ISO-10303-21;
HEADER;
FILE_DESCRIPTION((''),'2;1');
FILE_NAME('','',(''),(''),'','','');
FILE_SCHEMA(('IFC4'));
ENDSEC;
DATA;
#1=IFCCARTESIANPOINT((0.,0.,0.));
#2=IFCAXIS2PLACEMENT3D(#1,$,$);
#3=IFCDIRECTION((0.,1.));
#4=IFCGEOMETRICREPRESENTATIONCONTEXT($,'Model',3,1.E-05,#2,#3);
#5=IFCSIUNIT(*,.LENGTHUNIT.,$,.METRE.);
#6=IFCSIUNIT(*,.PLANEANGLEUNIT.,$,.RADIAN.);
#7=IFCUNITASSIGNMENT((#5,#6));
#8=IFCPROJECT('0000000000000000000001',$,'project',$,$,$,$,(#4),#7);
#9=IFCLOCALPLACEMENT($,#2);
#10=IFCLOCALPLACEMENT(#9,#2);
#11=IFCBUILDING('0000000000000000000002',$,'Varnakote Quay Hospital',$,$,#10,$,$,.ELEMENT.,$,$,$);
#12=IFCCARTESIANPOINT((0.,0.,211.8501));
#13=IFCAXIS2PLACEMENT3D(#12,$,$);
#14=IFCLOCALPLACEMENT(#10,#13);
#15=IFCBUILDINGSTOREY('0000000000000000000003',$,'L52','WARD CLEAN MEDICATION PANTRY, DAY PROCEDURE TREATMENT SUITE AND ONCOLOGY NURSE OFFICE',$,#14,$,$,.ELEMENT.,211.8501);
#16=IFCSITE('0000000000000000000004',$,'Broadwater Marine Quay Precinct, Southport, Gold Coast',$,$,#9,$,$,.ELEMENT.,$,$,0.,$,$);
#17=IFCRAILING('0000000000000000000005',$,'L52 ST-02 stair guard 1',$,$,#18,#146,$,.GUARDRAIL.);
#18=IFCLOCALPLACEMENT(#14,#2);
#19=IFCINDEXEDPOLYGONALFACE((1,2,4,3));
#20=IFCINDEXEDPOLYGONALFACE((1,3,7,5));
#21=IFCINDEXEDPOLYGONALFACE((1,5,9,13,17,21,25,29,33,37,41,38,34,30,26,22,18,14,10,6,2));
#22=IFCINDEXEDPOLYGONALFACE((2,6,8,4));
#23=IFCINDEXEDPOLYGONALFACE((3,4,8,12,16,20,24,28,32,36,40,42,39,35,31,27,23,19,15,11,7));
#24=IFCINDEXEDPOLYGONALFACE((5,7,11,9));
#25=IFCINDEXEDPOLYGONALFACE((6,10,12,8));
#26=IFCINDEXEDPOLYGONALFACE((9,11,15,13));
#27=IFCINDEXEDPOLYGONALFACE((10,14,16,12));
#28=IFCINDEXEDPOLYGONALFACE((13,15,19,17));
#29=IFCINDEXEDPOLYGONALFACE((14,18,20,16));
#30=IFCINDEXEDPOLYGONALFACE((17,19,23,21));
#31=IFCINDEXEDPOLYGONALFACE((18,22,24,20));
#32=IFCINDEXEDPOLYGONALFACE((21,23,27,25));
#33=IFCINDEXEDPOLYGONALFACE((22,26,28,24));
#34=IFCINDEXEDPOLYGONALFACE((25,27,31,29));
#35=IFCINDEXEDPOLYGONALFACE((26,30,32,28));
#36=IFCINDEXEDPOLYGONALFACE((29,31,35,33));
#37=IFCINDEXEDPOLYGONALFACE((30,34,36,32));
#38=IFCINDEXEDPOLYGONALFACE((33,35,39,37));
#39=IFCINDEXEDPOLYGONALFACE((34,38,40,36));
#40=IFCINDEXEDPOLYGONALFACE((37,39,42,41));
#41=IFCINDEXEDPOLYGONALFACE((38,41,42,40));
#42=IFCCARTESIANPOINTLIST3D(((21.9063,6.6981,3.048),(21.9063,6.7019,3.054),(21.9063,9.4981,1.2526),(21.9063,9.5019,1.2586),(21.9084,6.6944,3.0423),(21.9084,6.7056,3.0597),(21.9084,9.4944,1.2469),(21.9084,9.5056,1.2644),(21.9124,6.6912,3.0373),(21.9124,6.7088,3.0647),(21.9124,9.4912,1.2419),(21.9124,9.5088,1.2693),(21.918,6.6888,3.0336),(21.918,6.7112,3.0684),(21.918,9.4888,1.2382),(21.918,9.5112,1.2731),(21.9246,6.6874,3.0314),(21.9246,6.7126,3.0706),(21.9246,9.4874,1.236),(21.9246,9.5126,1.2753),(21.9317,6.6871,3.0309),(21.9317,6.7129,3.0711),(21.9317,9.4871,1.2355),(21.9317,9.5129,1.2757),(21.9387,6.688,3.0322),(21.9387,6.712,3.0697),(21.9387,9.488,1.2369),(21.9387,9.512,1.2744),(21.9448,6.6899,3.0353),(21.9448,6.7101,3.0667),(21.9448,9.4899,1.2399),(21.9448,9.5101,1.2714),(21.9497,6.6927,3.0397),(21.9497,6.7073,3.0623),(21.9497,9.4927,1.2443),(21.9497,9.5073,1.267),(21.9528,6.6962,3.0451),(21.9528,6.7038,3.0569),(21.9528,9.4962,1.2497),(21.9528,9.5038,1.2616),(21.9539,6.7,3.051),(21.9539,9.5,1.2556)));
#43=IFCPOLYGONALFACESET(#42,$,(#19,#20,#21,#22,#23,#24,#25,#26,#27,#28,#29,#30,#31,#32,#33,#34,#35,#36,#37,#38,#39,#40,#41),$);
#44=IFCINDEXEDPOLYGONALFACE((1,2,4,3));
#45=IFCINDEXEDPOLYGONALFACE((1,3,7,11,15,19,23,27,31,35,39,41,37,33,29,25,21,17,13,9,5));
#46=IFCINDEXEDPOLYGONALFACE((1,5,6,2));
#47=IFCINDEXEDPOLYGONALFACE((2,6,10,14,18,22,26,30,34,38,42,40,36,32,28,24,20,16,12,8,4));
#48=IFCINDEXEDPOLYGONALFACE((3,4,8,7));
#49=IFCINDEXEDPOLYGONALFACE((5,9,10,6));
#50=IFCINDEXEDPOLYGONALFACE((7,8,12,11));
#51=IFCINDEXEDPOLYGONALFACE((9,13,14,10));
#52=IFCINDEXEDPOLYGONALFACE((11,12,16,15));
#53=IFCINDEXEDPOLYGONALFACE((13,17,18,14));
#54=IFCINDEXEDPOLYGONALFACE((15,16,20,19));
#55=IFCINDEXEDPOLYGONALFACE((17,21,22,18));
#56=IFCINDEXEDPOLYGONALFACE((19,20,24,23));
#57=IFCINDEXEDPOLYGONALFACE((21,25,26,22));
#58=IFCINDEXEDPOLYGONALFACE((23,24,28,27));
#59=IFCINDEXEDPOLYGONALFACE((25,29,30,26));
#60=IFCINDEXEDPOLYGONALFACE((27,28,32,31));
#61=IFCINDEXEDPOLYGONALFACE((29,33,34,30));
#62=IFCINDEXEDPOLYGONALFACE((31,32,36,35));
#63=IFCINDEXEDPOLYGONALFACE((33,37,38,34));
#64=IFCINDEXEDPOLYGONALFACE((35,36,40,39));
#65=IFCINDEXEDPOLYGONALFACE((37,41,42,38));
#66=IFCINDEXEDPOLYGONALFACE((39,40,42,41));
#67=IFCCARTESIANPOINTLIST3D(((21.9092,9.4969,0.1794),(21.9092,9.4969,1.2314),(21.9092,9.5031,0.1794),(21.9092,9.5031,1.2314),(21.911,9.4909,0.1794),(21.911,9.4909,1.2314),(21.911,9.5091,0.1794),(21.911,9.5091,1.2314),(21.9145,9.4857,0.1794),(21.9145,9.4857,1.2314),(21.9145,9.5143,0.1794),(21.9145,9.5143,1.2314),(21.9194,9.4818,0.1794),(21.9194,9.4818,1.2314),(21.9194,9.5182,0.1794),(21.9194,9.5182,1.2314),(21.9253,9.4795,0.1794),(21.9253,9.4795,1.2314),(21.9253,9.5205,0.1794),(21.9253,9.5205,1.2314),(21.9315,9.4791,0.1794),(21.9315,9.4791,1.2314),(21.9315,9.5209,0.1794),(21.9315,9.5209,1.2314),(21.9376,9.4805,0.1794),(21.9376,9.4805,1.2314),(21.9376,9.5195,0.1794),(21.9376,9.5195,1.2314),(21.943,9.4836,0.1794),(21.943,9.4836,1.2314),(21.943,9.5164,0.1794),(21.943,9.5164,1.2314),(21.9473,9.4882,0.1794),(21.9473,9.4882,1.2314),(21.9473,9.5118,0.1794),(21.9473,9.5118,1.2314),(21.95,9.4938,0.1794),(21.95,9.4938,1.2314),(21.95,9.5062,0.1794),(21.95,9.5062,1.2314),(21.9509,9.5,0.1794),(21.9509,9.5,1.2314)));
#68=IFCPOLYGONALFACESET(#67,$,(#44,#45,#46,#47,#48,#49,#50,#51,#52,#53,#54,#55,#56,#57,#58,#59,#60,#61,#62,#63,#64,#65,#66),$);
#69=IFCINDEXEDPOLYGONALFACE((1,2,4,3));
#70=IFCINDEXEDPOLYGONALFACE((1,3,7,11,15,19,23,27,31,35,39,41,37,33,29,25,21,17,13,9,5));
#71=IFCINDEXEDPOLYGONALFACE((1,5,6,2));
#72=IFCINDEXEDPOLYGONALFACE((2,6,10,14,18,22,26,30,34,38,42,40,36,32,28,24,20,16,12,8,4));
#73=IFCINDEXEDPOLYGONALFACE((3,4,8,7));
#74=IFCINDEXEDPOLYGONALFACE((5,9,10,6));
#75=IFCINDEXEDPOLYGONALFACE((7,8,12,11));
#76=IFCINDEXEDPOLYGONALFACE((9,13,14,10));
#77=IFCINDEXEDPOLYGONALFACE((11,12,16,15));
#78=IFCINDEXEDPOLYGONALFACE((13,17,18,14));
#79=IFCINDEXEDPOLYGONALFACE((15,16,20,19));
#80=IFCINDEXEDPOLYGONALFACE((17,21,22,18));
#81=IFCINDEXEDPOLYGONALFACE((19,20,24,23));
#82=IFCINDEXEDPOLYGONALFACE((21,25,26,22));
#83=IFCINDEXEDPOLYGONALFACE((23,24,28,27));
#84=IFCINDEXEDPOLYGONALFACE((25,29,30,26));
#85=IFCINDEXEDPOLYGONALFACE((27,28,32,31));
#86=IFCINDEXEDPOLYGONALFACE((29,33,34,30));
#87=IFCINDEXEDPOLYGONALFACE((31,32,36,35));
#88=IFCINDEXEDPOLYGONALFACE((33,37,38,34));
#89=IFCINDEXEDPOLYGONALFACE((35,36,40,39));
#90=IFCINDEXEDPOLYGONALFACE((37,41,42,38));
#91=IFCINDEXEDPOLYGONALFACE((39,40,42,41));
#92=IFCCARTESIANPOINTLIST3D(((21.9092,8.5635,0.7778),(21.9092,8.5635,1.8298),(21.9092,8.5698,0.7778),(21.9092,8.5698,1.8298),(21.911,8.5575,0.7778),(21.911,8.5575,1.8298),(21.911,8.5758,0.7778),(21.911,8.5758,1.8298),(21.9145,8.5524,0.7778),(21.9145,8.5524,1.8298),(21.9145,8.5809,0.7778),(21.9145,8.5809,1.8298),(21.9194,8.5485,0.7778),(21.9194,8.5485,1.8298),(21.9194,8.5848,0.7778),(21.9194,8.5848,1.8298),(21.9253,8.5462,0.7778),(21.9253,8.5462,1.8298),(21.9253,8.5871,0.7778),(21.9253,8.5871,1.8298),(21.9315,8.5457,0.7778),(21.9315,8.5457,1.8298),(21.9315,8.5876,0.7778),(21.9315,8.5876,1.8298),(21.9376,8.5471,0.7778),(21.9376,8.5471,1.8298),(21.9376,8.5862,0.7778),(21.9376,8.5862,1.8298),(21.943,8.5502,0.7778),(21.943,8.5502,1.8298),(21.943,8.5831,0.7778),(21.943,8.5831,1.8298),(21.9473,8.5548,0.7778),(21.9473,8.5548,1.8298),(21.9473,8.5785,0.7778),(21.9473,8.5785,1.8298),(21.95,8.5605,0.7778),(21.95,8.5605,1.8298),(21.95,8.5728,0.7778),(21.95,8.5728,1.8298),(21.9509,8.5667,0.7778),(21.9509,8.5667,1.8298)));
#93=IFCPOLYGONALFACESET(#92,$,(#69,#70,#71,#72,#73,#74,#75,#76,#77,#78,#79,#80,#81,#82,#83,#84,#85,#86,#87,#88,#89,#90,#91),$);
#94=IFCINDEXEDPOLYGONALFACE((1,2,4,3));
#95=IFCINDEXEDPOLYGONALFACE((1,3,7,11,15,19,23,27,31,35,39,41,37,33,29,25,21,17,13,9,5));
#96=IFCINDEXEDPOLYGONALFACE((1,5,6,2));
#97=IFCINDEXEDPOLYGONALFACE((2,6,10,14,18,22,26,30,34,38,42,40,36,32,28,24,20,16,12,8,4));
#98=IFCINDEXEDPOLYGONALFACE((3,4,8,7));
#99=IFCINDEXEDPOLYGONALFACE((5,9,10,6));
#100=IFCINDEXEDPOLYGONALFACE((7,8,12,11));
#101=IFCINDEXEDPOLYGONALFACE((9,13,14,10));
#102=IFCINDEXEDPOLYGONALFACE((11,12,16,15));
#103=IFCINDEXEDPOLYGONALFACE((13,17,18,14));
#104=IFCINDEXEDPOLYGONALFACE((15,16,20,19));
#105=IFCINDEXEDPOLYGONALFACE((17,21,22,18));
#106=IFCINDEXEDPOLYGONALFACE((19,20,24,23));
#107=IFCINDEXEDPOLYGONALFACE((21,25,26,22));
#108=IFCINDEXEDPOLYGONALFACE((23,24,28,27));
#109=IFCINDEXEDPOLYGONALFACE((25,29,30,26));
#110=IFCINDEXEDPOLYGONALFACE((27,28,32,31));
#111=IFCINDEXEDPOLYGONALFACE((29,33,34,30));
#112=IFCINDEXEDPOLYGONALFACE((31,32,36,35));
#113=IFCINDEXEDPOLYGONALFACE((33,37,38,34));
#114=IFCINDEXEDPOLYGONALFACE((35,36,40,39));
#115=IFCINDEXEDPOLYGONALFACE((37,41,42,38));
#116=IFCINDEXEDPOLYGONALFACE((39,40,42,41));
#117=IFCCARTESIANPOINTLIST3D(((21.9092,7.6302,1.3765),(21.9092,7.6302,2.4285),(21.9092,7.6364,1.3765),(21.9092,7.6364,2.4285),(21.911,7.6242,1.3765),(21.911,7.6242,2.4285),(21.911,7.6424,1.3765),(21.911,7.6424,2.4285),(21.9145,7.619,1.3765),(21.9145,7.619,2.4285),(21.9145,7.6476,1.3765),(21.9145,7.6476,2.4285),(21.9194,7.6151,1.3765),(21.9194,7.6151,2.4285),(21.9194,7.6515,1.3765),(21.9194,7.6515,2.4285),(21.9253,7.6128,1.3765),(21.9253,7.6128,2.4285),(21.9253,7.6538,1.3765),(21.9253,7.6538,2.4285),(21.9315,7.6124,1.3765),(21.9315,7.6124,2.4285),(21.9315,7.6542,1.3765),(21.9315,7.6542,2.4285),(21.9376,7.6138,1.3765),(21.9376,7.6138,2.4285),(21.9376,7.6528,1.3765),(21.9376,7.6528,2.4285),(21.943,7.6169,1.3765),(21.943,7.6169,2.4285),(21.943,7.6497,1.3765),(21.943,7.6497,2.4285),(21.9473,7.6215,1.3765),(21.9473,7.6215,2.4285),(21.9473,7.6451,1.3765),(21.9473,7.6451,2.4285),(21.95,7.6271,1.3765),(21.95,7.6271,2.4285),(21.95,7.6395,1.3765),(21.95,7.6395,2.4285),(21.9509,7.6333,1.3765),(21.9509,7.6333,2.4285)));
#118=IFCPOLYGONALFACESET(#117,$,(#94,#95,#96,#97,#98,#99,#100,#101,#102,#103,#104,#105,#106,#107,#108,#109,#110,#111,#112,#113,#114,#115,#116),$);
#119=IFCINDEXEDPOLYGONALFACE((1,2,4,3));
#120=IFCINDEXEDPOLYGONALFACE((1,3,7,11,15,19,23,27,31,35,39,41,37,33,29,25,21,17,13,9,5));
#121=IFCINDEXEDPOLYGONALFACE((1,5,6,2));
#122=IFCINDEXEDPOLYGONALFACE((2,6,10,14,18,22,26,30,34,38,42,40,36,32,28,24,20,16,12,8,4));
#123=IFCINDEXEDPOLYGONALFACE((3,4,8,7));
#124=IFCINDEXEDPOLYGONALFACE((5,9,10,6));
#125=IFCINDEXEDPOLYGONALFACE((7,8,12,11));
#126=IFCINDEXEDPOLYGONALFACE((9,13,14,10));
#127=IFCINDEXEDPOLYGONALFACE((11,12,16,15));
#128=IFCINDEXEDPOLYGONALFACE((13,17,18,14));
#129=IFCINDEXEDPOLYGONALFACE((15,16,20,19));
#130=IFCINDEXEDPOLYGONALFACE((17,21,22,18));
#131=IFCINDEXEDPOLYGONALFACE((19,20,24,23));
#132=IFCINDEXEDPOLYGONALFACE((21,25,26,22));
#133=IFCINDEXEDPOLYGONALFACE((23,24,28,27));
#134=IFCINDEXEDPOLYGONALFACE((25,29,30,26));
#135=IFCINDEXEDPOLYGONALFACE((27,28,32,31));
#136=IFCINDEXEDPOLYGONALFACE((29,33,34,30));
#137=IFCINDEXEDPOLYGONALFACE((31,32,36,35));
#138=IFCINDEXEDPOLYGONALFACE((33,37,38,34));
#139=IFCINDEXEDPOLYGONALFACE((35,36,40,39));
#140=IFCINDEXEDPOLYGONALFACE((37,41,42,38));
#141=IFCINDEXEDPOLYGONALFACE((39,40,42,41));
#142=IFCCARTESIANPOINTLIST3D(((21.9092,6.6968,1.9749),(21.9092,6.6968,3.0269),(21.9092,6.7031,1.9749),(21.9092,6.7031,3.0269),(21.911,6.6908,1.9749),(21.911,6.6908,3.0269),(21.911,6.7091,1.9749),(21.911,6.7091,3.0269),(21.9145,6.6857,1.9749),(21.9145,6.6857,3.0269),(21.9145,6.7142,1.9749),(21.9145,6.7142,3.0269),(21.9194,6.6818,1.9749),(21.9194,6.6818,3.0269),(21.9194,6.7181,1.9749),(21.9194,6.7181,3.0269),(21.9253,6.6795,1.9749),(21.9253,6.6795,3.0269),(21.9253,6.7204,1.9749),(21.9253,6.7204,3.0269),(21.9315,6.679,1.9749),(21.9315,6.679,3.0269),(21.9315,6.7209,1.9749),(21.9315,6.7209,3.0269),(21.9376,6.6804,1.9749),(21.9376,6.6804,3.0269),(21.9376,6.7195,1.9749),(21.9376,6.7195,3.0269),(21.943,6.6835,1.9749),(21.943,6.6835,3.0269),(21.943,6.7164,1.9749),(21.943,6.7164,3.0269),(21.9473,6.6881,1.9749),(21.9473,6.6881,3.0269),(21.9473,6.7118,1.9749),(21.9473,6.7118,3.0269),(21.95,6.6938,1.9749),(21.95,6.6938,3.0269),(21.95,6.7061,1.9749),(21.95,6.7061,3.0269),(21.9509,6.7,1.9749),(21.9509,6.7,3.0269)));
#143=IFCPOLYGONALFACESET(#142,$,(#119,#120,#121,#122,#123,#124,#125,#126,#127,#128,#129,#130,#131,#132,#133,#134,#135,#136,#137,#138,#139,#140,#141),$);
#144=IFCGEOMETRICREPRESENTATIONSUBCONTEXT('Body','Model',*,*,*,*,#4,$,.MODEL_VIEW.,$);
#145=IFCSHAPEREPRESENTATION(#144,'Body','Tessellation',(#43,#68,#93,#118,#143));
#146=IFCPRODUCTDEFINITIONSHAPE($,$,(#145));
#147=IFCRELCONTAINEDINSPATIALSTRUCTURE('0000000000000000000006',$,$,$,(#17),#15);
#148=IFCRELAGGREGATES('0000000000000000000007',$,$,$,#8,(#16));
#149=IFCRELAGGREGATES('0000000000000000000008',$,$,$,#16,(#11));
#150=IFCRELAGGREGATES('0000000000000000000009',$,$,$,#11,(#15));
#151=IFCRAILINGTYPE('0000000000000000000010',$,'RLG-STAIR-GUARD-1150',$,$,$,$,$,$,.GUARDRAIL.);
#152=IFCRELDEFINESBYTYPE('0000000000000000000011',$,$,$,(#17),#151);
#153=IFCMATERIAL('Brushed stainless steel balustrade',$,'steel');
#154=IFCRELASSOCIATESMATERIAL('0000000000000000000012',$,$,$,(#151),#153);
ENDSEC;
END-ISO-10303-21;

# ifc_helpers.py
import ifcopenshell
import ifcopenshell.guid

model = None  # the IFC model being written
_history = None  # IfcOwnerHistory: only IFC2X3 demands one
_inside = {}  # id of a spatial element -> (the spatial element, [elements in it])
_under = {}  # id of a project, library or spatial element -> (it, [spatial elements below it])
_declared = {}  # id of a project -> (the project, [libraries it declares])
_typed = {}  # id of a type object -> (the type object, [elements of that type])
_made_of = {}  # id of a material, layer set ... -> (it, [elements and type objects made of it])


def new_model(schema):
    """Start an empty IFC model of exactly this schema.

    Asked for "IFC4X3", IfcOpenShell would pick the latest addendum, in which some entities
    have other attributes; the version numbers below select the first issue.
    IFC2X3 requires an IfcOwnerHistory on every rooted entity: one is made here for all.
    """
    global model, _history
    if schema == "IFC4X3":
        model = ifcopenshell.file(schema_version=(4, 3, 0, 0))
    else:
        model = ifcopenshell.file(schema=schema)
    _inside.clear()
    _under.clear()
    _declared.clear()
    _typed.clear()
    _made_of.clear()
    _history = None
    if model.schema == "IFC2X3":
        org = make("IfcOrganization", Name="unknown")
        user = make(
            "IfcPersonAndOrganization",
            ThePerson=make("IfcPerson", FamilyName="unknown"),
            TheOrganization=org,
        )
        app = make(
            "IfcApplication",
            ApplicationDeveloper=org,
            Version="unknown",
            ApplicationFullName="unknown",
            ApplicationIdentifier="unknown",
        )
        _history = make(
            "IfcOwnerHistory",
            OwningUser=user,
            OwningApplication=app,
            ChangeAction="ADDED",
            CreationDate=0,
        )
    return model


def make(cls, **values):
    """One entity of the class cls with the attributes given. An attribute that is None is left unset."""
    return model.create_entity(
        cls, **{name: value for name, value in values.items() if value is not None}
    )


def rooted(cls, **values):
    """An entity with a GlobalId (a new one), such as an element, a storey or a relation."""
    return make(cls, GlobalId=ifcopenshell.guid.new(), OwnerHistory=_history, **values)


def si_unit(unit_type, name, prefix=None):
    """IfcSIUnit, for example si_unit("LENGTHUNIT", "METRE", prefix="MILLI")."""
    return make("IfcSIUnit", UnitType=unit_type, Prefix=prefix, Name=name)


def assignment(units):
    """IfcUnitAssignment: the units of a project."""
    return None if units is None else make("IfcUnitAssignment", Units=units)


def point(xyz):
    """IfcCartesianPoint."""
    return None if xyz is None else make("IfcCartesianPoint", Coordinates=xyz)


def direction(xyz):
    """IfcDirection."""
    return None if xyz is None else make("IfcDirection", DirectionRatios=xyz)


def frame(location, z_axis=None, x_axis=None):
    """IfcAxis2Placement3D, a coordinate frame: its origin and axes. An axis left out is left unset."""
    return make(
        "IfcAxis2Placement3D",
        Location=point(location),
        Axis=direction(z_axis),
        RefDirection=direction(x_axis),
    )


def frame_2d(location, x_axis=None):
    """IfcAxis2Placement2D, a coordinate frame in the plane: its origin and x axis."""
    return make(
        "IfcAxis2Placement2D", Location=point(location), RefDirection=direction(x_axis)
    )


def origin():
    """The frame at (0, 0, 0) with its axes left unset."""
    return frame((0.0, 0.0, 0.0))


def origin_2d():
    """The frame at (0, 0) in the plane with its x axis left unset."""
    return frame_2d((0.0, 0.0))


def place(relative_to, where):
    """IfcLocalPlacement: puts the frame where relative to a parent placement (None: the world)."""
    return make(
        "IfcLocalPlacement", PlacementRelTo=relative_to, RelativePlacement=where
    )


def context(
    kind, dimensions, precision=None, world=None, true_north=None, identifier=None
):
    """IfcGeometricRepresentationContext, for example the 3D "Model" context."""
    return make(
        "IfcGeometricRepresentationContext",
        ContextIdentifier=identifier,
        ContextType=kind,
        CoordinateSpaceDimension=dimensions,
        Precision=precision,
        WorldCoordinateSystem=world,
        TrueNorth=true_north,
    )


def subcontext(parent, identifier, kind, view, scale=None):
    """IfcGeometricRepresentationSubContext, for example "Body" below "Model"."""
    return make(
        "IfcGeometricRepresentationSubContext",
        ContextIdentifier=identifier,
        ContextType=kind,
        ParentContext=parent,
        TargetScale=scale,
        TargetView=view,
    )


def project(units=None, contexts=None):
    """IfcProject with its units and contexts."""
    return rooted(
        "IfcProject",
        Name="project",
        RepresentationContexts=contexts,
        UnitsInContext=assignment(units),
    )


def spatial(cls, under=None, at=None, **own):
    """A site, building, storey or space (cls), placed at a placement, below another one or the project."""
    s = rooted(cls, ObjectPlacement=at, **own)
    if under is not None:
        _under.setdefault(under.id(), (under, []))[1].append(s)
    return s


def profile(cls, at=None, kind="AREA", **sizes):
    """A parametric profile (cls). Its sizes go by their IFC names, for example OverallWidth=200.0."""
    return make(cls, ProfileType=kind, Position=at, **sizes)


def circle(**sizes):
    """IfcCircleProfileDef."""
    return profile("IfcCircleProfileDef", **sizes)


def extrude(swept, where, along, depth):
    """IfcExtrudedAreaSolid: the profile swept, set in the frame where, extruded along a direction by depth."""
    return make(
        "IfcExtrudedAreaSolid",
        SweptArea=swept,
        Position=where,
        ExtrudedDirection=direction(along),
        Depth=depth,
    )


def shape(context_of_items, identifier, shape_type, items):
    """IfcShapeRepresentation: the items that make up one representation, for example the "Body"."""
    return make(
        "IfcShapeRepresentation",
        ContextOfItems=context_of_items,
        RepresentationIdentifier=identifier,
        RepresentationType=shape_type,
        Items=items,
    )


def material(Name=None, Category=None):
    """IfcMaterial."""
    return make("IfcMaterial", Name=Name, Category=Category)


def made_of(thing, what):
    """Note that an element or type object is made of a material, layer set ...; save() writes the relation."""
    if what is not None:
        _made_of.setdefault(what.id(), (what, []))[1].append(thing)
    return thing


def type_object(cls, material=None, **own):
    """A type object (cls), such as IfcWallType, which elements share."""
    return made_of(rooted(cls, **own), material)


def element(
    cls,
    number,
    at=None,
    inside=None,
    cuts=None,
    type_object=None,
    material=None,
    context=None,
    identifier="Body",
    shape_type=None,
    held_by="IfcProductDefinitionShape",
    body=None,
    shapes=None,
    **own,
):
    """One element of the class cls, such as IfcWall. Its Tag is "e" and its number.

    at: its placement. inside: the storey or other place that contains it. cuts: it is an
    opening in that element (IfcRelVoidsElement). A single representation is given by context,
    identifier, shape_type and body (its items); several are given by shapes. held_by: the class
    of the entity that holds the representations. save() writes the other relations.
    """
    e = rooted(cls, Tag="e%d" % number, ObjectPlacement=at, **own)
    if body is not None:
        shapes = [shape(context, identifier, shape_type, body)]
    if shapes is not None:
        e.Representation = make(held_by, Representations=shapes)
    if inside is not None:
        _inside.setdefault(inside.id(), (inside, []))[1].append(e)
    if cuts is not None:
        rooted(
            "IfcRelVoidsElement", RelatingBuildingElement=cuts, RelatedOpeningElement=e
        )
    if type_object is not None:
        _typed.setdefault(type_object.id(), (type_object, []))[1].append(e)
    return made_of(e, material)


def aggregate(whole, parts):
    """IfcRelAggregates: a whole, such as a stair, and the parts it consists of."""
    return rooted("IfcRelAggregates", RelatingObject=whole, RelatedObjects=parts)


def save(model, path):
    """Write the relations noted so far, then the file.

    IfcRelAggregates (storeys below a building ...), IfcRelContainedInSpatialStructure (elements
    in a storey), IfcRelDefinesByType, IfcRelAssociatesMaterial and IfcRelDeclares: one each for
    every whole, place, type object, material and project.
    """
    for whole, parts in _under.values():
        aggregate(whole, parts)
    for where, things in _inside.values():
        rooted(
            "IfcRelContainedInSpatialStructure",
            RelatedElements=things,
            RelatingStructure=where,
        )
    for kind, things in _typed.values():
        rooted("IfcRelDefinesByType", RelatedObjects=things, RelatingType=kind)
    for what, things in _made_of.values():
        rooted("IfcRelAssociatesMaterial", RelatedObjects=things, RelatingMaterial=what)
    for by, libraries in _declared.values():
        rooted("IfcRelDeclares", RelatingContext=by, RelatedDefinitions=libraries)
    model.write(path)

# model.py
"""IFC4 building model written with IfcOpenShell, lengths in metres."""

from ifc_helpers import new_model, si_unit, direction, frame, origin, origin_2d, place, context, subcontext, project, spatial, circle, extrude, material, type_object, element, save


model = new_model("IFC4")

# Units and contexts
model_context = context("Model", 3, precision=1e-05, world=origin(), true_north=direction((0.0, 1.0)))
body_context = subcontext(model_context, "Body", "Model", "MODEL_VIEW")
ifc_project = project(units=[si_unit("LENGTHUNIT", "METRE"), si_unit("PLANEANGLEUNIT", "RADIAN")], contexts=[model_context])

# Site, building, storey
site_placement = place(None, origin())
site = spatial("IfcSite", under=ifc_project, at=site_placement, Name="Broadwater Marine Quay Precinct, Southport, Gold Coast", CompositionType="ELEMENT", RefElevation=0.0)
building_placement = place(site_placement, origin())
building = spatial("IfcBuilding", under=site, at=building_placement, Name="Varnakote Quay Hospital", CompositionType="ELEMENT")
storey_placement = place(building_placement, frame((0.0, 0.0, 211.8501)))
storey = spatial("IfcBuildingStorey", under=building, at=storey_placement, Name="L52", Description="WARD CLEAN MEDICATION PANTRY, DAY PROCEDURE TREATMENT SUITE AND ONCOLOGY NURSE OFFICE", CompositionType="ELEMENT", Elevation=211.8501)

# Railing
ifc_material_1 = material(Name="Brushed stainless steel balustrade", Category="steel")
railing_type_1 = type_object("IfcRailingType", Name="RLG-STAIR-GUARD-1150", PredefinedType="GUARDRAIL", material=ifc_material_1)
railing_1_placement = place(storey_placement, frame((21.9299, 9.5, 0.1794)))
element("IfcRailing", 1, at=railing_1_placement, inside=storey, type_object=railing_type_1, Name="L52 ST-02 stair guard 1", PredefinedType="GUARDRAIL", context=body_context, shape_type="SweptSolid", body=[
    extrude(circle(Radius=0.0239, at=origin_2d()), frame((0.0, 0.0, 1.0762), z_axis=(0.0, -0.84181, 0.539774), x_axis=(1.0, 0.0, 0.0)), (0.0, 0.0, 1.0), 3.3262),
    extrude(circle(Radius=0.021, at=origin_2d()), origin(), (0.0, 0.0, 1.0), 1.052),
    extrude(circle(Radius=0.021, at=origin_2d()), frame((0.0, -0.9333, 0.5984)), (0.0, 0.0, 1.0), 1.052),
    extrude(circle(Radius=0.021, at=origin_2d()), frame((0.0, -1.8667, 1.197)), (0.0, 0.0, 1.0), 1.052),
    extrude(circle(Radius=0.021, at=origin_2d()), frame((0.0, -2.8, 1.7954)), (0.0, 0.0, 1.0), 1.052),
])

save(model, "model.ifc")
